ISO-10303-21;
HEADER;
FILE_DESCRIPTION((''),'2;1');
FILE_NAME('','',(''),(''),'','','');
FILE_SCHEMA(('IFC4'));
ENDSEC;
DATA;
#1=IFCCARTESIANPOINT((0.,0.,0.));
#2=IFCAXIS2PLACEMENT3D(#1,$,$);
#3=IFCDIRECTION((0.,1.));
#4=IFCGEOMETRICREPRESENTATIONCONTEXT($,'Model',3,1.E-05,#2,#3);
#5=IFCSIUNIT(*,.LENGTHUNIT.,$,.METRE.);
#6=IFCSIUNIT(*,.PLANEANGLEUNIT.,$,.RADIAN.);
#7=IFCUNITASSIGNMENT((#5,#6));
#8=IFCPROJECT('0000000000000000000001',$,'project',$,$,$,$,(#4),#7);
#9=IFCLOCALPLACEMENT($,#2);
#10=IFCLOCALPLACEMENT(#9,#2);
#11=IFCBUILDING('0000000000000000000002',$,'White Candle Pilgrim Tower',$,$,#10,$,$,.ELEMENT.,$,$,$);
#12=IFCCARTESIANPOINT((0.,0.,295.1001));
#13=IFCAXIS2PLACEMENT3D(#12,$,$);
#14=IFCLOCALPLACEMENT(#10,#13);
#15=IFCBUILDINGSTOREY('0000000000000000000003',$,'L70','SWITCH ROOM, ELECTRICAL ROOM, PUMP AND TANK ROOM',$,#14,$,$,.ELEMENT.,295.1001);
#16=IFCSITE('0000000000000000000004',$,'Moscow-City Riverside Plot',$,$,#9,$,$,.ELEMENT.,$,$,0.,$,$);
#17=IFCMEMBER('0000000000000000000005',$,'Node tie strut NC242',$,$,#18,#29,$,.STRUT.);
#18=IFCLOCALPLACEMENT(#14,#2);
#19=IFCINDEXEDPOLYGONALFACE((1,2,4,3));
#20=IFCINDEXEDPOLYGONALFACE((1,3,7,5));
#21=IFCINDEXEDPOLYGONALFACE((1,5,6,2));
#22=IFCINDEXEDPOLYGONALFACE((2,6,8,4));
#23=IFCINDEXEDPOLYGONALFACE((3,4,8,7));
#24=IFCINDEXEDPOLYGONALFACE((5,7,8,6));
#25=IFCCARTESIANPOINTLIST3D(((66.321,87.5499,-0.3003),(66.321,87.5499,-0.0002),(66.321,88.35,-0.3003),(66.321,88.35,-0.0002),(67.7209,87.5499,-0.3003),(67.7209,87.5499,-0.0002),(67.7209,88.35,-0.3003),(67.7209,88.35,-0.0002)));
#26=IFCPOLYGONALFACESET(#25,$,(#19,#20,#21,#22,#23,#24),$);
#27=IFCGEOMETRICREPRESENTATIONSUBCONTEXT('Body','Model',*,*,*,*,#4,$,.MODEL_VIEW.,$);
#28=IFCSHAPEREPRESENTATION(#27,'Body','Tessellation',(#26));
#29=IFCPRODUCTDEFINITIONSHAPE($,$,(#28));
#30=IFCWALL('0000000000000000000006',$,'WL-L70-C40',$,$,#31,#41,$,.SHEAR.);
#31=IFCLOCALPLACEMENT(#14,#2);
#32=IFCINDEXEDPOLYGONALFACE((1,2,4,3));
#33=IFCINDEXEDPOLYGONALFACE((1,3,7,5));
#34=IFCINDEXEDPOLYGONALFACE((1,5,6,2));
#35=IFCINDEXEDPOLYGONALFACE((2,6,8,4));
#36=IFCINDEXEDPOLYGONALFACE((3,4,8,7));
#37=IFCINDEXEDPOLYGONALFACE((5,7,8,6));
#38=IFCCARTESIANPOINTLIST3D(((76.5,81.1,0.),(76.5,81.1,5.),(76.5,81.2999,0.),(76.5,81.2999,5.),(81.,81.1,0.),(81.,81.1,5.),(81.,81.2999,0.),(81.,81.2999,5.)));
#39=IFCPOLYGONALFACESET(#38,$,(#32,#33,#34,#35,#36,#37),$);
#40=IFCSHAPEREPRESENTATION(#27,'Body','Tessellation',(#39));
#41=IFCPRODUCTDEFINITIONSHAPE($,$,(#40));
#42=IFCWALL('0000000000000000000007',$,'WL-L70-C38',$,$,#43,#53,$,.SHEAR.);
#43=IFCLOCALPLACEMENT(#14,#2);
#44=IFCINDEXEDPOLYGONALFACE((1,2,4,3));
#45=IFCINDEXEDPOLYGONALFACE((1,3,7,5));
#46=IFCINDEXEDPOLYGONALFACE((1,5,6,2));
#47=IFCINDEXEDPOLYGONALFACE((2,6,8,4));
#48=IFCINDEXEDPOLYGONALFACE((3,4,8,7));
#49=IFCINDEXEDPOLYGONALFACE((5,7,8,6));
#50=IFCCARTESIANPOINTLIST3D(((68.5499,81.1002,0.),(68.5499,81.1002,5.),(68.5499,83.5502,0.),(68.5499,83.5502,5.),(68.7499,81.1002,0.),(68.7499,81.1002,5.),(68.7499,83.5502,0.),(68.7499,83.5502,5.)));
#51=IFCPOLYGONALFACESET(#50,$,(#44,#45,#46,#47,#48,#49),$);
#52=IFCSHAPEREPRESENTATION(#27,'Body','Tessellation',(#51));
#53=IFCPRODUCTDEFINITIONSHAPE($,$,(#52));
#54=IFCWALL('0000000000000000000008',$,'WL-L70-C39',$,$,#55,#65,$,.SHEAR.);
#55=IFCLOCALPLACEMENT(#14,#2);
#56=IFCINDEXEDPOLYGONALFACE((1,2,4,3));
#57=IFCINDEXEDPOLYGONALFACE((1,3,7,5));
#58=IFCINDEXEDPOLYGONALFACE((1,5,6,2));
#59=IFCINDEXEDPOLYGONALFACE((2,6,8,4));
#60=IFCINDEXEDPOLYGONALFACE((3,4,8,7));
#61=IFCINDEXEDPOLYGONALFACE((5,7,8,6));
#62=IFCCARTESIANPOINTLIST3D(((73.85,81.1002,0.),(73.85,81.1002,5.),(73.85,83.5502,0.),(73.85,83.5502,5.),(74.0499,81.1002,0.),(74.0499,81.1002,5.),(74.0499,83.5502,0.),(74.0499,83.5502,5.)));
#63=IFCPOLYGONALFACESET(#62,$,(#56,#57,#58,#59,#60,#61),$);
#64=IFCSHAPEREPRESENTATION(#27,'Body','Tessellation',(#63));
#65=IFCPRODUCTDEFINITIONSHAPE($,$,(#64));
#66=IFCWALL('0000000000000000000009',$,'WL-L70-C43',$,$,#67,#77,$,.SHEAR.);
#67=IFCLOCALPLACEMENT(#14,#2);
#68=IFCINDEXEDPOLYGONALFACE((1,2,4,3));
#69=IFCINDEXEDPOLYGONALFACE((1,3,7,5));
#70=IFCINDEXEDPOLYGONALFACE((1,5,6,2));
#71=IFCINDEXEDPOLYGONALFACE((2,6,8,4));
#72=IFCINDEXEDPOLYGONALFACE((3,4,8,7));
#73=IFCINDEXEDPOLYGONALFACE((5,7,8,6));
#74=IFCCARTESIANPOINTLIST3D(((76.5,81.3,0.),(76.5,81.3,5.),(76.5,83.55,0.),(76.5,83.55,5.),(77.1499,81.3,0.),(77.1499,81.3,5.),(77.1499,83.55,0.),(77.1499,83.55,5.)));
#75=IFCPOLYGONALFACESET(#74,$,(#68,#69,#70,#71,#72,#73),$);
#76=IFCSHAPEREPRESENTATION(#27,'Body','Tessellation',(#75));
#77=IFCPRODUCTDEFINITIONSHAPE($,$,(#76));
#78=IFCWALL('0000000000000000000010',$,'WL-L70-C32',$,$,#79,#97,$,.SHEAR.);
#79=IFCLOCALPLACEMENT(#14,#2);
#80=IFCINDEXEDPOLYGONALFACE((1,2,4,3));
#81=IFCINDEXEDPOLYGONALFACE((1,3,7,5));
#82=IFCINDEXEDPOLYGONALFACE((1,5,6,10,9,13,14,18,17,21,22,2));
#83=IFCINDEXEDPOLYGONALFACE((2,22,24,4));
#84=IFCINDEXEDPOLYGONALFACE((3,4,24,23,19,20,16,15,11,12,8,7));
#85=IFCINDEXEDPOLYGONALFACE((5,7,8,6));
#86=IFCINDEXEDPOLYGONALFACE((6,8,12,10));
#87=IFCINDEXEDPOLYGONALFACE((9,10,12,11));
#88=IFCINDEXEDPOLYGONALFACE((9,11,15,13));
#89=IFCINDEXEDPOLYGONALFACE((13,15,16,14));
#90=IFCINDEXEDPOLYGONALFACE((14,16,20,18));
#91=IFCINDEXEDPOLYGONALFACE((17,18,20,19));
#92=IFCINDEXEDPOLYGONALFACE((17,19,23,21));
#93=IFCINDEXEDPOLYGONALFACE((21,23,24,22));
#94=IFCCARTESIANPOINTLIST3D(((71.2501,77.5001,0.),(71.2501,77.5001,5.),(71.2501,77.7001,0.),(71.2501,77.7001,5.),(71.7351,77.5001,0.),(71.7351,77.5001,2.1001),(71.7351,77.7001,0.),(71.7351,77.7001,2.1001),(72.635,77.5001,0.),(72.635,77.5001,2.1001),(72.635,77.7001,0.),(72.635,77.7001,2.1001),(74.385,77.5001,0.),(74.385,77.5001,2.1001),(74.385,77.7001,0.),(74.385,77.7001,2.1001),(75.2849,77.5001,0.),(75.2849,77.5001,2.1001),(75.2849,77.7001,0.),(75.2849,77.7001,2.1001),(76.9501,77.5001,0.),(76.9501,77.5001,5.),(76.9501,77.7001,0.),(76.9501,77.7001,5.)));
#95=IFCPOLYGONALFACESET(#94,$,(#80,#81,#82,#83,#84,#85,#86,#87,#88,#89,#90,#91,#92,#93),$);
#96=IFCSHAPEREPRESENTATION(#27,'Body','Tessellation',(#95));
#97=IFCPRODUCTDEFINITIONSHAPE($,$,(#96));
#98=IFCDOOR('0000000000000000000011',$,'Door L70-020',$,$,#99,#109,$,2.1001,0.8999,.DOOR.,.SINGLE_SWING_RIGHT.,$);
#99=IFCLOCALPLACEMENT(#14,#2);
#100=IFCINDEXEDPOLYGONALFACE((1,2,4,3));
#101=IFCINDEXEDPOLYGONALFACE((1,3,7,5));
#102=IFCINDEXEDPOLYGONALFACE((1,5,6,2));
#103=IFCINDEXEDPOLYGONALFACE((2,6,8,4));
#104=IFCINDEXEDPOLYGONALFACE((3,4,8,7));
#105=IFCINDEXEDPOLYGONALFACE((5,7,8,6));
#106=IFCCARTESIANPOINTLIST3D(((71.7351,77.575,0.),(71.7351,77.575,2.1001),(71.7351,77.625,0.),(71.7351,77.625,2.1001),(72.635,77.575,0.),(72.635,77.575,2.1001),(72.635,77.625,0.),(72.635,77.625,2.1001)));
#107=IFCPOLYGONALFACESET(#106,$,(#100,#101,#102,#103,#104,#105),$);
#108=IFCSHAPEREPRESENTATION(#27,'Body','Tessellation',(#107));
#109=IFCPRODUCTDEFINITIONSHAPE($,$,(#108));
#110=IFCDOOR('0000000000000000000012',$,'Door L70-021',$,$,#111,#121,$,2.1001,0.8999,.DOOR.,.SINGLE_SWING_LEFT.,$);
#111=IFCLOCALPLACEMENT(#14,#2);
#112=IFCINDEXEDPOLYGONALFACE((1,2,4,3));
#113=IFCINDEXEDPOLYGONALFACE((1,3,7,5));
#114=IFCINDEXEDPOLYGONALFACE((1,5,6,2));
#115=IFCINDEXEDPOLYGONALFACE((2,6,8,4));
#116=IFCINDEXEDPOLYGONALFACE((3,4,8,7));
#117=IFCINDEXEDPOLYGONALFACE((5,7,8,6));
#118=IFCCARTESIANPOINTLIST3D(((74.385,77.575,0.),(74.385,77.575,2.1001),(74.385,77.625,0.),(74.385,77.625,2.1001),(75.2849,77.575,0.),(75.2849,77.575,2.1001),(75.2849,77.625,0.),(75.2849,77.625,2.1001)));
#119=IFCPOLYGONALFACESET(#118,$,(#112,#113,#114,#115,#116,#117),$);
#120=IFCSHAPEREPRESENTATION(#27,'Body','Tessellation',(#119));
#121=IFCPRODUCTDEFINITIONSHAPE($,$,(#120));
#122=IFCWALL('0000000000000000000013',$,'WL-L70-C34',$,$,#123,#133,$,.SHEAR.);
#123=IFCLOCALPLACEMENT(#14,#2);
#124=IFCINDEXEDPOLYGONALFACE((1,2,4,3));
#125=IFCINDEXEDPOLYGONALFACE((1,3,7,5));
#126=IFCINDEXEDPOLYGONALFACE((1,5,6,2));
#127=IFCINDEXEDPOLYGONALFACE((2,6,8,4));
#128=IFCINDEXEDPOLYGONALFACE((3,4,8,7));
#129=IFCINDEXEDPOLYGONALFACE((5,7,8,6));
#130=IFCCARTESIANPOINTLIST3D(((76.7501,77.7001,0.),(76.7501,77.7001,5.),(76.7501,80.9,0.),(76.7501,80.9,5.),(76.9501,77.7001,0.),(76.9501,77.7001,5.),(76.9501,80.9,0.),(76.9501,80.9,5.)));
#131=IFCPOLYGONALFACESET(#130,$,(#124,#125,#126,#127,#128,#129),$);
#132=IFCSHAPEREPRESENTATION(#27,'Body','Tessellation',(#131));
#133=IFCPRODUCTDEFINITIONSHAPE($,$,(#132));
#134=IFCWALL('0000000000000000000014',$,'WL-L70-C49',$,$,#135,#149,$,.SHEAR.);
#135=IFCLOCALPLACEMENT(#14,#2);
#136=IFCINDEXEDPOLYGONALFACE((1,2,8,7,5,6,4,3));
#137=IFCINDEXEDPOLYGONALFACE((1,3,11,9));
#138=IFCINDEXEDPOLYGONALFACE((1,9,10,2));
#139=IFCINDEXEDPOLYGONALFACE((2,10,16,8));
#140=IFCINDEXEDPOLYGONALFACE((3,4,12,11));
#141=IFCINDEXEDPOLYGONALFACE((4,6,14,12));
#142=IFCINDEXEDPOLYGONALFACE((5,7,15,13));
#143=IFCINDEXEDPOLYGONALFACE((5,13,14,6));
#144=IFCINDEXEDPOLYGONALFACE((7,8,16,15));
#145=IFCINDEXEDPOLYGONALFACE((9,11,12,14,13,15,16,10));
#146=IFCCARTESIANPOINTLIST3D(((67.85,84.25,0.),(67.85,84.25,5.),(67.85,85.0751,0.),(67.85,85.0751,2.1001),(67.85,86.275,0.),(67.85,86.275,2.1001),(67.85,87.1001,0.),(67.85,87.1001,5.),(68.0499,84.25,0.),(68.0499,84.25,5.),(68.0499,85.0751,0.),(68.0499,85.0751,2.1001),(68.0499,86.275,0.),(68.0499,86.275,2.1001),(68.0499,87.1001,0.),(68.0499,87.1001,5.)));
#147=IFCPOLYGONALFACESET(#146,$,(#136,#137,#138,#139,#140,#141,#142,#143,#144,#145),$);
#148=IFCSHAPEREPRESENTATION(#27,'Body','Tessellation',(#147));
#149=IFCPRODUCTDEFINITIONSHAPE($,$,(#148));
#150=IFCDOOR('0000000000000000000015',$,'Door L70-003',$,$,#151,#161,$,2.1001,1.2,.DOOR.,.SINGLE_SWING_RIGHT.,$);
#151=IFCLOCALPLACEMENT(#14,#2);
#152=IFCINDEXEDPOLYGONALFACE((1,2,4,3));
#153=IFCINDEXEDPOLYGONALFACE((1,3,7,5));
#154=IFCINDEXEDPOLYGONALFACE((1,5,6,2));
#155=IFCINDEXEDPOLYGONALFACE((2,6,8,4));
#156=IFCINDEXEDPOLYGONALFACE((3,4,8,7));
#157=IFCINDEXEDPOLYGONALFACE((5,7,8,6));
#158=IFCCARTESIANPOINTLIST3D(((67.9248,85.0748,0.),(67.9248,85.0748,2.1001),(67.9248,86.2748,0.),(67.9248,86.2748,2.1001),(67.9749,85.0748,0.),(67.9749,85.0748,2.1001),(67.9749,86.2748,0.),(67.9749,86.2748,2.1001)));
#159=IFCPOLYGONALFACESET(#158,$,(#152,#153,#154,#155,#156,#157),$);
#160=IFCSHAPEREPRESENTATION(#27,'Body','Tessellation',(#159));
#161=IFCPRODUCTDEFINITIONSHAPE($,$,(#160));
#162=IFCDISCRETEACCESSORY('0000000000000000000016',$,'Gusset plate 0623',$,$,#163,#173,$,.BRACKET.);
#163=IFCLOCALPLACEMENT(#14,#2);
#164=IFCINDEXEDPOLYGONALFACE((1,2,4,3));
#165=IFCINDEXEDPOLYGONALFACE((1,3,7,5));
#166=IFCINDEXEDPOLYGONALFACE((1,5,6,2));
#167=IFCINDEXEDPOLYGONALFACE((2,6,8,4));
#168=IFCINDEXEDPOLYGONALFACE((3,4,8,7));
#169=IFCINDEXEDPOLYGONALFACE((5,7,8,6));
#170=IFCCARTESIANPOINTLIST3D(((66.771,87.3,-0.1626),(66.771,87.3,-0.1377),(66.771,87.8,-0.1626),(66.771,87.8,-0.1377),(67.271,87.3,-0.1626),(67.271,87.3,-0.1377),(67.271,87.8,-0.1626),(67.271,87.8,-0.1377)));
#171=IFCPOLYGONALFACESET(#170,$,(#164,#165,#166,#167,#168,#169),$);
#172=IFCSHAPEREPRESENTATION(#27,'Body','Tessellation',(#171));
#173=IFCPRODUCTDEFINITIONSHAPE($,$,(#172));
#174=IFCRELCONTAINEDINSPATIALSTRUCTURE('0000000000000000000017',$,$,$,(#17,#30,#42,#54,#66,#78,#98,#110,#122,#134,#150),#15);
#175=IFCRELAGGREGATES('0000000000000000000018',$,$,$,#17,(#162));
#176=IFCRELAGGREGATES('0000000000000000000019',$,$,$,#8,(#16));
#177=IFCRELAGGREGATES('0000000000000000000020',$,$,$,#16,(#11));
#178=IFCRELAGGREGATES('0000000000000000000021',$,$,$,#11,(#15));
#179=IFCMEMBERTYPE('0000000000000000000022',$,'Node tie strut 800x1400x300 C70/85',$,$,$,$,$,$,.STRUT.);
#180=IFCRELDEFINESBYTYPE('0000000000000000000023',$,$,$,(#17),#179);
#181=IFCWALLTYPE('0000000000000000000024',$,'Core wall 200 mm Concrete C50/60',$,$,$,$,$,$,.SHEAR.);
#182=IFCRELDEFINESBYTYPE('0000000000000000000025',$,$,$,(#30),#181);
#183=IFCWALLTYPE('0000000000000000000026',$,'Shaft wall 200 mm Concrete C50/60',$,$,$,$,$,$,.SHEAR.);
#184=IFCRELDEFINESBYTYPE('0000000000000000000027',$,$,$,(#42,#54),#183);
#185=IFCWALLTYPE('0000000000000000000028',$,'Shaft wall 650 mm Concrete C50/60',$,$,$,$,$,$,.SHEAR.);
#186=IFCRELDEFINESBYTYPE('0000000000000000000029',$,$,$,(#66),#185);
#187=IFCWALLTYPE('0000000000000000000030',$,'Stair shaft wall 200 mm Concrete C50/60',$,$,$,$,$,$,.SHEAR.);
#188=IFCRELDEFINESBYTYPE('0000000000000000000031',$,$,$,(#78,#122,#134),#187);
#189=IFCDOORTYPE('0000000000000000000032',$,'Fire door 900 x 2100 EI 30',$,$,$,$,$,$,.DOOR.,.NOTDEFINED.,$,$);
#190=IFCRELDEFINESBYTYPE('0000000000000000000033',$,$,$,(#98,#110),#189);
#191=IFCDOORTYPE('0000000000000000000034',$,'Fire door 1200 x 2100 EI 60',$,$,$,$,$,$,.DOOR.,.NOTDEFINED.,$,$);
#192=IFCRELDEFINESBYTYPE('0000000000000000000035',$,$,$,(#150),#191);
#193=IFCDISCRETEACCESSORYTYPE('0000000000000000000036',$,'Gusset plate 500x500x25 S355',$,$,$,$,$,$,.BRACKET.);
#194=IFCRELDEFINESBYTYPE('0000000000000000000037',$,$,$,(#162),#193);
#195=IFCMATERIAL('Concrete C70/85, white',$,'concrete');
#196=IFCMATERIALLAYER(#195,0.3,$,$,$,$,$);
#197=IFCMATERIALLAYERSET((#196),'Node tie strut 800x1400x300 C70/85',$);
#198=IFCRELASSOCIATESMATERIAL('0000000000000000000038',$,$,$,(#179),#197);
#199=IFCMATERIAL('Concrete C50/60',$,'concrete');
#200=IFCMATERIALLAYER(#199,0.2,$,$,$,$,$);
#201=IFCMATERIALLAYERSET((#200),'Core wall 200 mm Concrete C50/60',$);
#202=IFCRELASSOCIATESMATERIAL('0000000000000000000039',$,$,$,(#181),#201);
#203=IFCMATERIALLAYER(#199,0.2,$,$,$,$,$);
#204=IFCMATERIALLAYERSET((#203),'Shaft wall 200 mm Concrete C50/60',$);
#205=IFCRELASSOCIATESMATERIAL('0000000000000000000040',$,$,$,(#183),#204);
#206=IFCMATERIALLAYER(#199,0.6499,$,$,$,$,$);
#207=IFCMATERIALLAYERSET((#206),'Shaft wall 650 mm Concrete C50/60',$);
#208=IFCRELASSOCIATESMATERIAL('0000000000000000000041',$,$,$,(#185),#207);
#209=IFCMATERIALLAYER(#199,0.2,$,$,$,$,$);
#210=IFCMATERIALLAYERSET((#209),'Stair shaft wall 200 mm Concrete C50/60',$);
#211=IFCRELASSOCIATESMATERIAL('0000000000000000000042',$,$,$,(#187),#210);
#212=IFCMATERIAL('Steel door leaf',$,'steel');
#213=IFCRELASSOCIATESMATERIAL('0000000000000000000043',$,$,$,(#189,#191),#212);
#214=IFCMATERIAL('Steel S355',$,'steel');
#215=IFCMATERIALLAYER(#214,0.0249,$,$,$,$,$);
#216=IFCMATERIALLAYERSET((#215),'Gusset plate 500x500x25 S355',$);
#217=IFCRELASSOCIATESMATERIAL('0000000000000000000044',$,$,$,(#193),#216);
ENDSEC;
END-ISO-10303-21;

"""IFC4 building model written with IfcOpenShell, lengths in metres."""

from ifc_helpers import new_model, si_unit, direction, frame, frame_2d, origin, origin_2d, place, context, subcontext, project, spatial, rectangle, extrude, material, layer, layer_set, type_object, element, fill, aggregate, save


model = new_model("IFC4")

# Units and contexts
model_context = context("Model", 3, precision=1e-05, world=origin(), true_north=direction((0.0, 1.0)))
body_context = subcontext(model_context, "Body", "Model", "MODEL_VIEW")
ifc_project = project(units=[si_unit("LENGTHUNIT", "METRE"), si_unit("PLANEANGLEUNIT", "RADIAN")], contexts=[model_context])

# Site, building, storey
site_placement = place(None, origin())
site = spatial("IfcSite", under=ifc_project, at=site_placement, Name="Moscow-City Riverside Plot", CompositionType="ELEMENT", RefElevation=0.0)
building_placement = place(site_placement, origin())
building = spatial("IfcBuilding", under=site, at=building_placement, Name="White Candle Pilgrim Tower", CompositionType="ELEMENT")
storey_placement = place(building_placement, frame((0.0, 0.0, 295.1001)))
storey = spatial("IfcBuildingStorey", under=building, at=storey_placement, Name="L70", Description="SWITCH ROOM, ELECTRICAL ROOM, PUMP AND TANK ROOM", CompositionType="ELEMENT", Elevation=295.1001)

# Member
ifc_material_1 = material(Name="Concrete C70/85, white", Category="concrete")
ifc_layer_1 = layer(ifc_material_1, 0.3)
ifc_layer_set_1 = layer_set([ifc_layer_1], Name="Node tie strut 800x1400x300 C70/85")
member_type = type_object("IfcMemberType", Name="Node tie strut 800x1400x300 C70/85", PredefinedType="STRUT", material=ifc_layer_set_1)
member_placement = place(storey_placement, frame((67.021, 87.95, -0.3003), z_axis=(0.0, 0.0, 1.0), x_axis=(-1.0, 0.0, 0.0)))
member = element("IfcMember", 1, at=member_placement, inside=storey, type_object=member_type, Name="Node tie strut NC242", PredefinedType="STRUT", context=body_context, shape_type="SweptSolid", body=[
    extrude(rectangle(XDim=1.3999, YDim=0.8, at=origin_2d()), origin(), (0.0, 0.0, 1.0), 0.3),
])

# Walls
ifc_material_2 = material(Name="Concrete C50/60", Category="concrete")
ifc_layer_2 = layer(ifc_material_2, 0.2)
ifc_layer_set_2 = layer_set([ifc_layer_2], Name="Core wall 200 mm Concrete C50/60")
wall_type_1 = type_object("IfcWallType", Name="Core wall 200 mm Concrete C50/60", PredefinedType="SHEAR", material=ifc_layer_set_2)
wall_1_placement = place(storey_placement, frame((76.5, 81.2, 0.0), z_axis=(0.0, 0.0, 1.0), x_axis=(1.0, 0.0, 0.0)))
element("IfcWall", 2, at=wall_1_placement, inside=storey, type_object=wall_type_1, Name="WL-L70-C40", PredefinedType="SHEAR", context=body_context, shape_type="SweptSolid", body=[
    extrude(rectangle(XDim=4.5, YDim=0.2, at=frame_2d((2.25, 0.0))), origin(), (0.0, 0.0, 1.0), 5.0),
])
ifc_layer_3 = layer(ifc_material_2, 0.2)
ifc_layer_set_3 = layer_set([ifc_layer_3], Name="Shaft wall 200 mm Concrete C50/60")
wall_type_2 = type_object("IfcWallType", Name="Shaft wall 200 mm Concrete C50/60", PredefinedType="SHEAR", material=ifc_layer_set_3)
for number, where, z_axis, x_axis, name in (
    (3, (68.6499, 81.1001, 0.0), (0.0, 0.0, 1.0), (0.0, 1.0, 0.0), "WL-L70-C38"),
    (4, (73.95, 81.1001, 0.0), (0.0, 0.0, 1.0), (0.0, 1.0, 0.0), "WL-L70-C39"),
):
    element("IfcWall", number, at=place(storey_placement, frame(where, z_axis=z_axis, x_axis=x_axis)), inside=storey, type_object=wall_type_2, Name=name, PredefinedType="SHEAR", context=body_context, shape_type="SweptSolid", body=[
        extrude(rectangle(XDim=2.45, YDim=0.2, at=frame_2d((1.2251, 0.0))), origin(), (0.0, 0.0, 1.0), 5.0),
    ])
ifc_layer_4 = layer(ifc_material_2, 0.6499)
ifc_layer_set_4 = layer_set([ifc_layer_4], Name="Shaft wall 650 mm Concrete C50/60")
wall_type_3 = type_object("IfcWallType", Name="Shaft wall 650 mm Concrete C50/60", PredefinedType="SHEAR", material=ifc_layer_set_4)
wall_2_placement = place(storey_placement, frame((76.825, 81.3, 0.0), z_axis=(0.0, 0.0, 1.0), x_axis=(0.0, 1.0, 0.0)))
element("IfcWall", 5, at=wall_2_placement, inside=storey, type_object=wall_type_3, Name="WL-L70-C43", PredefinedType="SHEAR", context=body_context, shape_type="SweptSolid", body=[
    extrude(rectangle(XDim=2.25, YDim=0.6499, at=frame_2d((1.125, 0.0))), origin(), (0.0, 0.0, 1.0), 5.0),
])

# Wall, openings, doors
ifc_layer_5 = layer(ifc_material_2, 0.2)
ifc_layer_set_5 = layer_set([ifc_layer_5], Name="Stair shaft wall 200 mm Concrete C50/60")
wall_type_4 = type_object("IfcWallType", Name="Stair shaft wall 200 mm Concrete C50/60", PredefinedType="SHEAR", material=ifc_layer_set_5)
wall_3_placement = place(storey_placement, frame((71.25, 77.6001, 0.0), z_axis=(0.0, 0.0, 1.0), x_axis=(1.0, 0.0, 0.0)))
wall_3 = element("IfcWall", 6, at=wall_3_placement, inside=storey, type_object=wall_type_4, Name="WL-L70-C32", PredefinedType="SHEAR", context=body_context, shape_type="SweptSolid", body=[
    extrude(rectangle(XDim=5.7, YDim=0.2, at=frame_2d((2.8501, 0.0))), origin(), (0.0, 0.0, 1.0), 5.0),
])
opening_1_placement = place(wall_3_placement, frame((0.4851, 0.0, 0.0)))
opening_1 = element("IfcOpeningElement", 7, at=opening_1_placement, cuts=wall_3, PredefinedType="OPENING", context=body_context, shape_type="SweptSolid", body=[
    extrude(rectangle(XDim=0.8999, YDim=2.1001, at=frame_2d((0.45, 1.05))), frame((0.0, 0.1099, 0.0), z_axis=(0.0, -1.0, 0.0), x_axis=(1.0, 0.0, 0.0)), (0.0, 0.0, 1.0), 0.22),
])
opening_2_placement = place(wall_3_placement, frame((3.135, 0.0, 0.0)))
opening_2 = element("IfcOpeningElement", 8, at=opening_2_placement, cuts=wall_3, PredefinedType="OPENING", context=body_context, shape_type="SweptSolid", body=[
    extrude(rectangle(XDim=0.8999, YDim=2.1001, at=frame_2d((0.45, 1.05))), frame((0.0, 0.1099, 0.0), z_axis=(0.0, -1.0, 0.0), x_axis=(1.0, 0.0, 0.0)), (0.0, 0.0, 1.0), 0.22),
])
ifc_material_3 = material(Name="Steel door leaf", Category="steel")
door_type_1 = type_object("IfcDoorType", Name="Fire door 900 x 2100 EI 30", OperationType="NOTDEFINED", PredefinedType="DOOR", material=ifc_material_3)
door_1_placement = place(opening_1_placement, origin())
door_1 = element("IfcDoor", 9, at=door_1_placement, inside=storey, type_object=door_type_1, Name="Door L70-020", OperationType="SINGLE_SWING_RIGHT", OverallHeight=2.1001, OverallWidth=0.8999, PredefinedType="DOOR", context=body_context, shape_type="SweptSolid", body=[
    extrude(rectangle(XDim=0.8999, YDim=2.1001, at=frame_2d((0.45, 1.05))), frame((0.0, 0.0249, 0.0), z_axis=(0.0, -1.0, 0.0), x_axis=(1.0, 0.0, 0.0)), (0.0, 0.0, 1.0), 0.05),
])
fill(opening_1, door_1)
door_2_placement = place(opening_2_placement, origin())
door_2 = element("IfcDoor", 10, at=door_2_placement, inside=storey, type_object=door_type_1, Name="Door L70-021", OperationType="SINGLE_SWING_LEFT", OverallHeight=2.1001, OverallWidth=0.8999, PredefinedType="DOOR", context=body_context, shape_type="SweptSolid", body=[
    extrude(rectangle(XDim=0.8999, YDim=2.1001, at=frame_2d((0.45, 1.05))), frame((0.0, 0.0249, 0.0), z_axis=(0.0, -1.0, 0.0), x_axis=(1.0, 0.0, 0.0)), (0.0, 0.0, 1.0), 0.05),
])
fill(opening_2, door_2)

# Wall
wall_4_placement = place(storey_placement, frame((76.8501, 77.7, 0.0), z_axis=(0.0, 0.0, 1.0), x_axis=(0.0, 1.0, 0.0)))
element("IfcWall", 11, at=wall_4_placement, inside=storey, type_object=wall_type_4, Name="WL-L70-C34", PredefinedType="SHEAR", context=body_context, shape_type="SweptSolid", body=[
    extrude(rectangle(XDim=3.2, YDim=0.2, at=frame_2d((1.6001, 0.0))), origin(), (0.0, 0.0, 1.0), 5.0),
])

# Wall, opening, door
wall_5_placement = place(storey_placement, frame((67.95, 84.25, 0.0), z_axis=(0.0, 0.0, 1.0), x_axis=(0.0, 1.0, 0.0)))
wall_5 = element("IfcWall", 12, at=wall_5_placement, inside=storey, type_object=wall_type_4, Name="WL-L70-C49", PredefinedType="SHEAR", context=body_context, shape_type="SweptSolid", body=[
    extrude(rectangle(XDim=2.8501, YDim=0.2, at=frame_2d((1.425, 0.0))), origin(), (0.0, 0.0, 1.0), 5.0),
])
opening_3_placement = place(wall_5_placement, frame((0.825, 0.0, 0.0)))
opening_3 = element("IfcOpeningElement", 13, at=opening_3_placement, cuts=wall_5, PredefinedType="OPENING", context=body_context, shape_type="SweptSolid", body=[
    extrude(rectangle(XDim=1.2, YDim=2.1001, at=frame_2d((0.6001, 1.05))), frame((0.0, 0.1099, 0.0), z_axis=(0.0, -1.0, 0.0), x_axis=(1.0, 0.0, 0.0)), (0.0, 0.0, 1.0), 0.22),
])
door_type_2 = type_object("IfcDoorType", Name="Fire door 1200 x 2100 EI 60", OperationType="NOTDEFINED", PredefinedType="DOOR", material=ifc_material_3)
door_3_placement = place(opening_3_placement, frame((1.2, 0.0, 0.0), z_axis=(0.0, 0.0, 1.0), x_axis=(-1.0, 0.0, 0.0)))
door_3 = element("IfcDoor", 14, at=door_3_placement, inside=storey, type_object=door_type_2, Name="Door L70-003", OperationType="SINGLE_SWING_RIGHT", OverallHeight=2.1001, OverallWidth=1.2, PredefinedType="DOOR", context=body_context, shape_type="SweptSolid", body=[
    extrude(rectangle(XDim=1.2, YDim=2.1001, at=frame_2d((0.6001, 1.05))), frame((0.0, 0.0249, 0.0), z_axis=(0.0, -1.0, 0.0), x_axis=(1.0, 0.0, 0.0)), (0.0, 0.0, 1.0), 0.05),
])
fill(opening_3, door_3)

# Discrete accessory
ifc_material_4 = material(Name="Steel S355", Category="steel")
ifc_layer_6 = layer(ifc_material_4, 0.0249)
ifc_layer_set_6 = layer_set([ifc_layer_6], Name="Gusset plate 500x500x25 S355")
discrete_accessory_type = type_object("IfcDiscreteAccessoryType", Name="Gusset plate 500x500x25 S355", PredefinedType="BRACKET", material=ifc_layer_set_6)
discrete_accessory_placement = place(storey_placement, frame((67.021, 87.55, -0.1626), z_axis=(0.0, 0.0, 1.0), x_axis=(1.0, 0.0, 0.0)))
discrete_accessory = element("IfcDiscreteAccessory", 15, at=discrete_accessory_placement, type_object=discrete_accessory_type, Name="Gusset plate 0623", PredefinedType="BRACKET", context=body_context, shape_type="SweptSolid", body=[
    extrude(rectangle(XDim=0.5, YDim=0.5, at=origin_2d()), origin(), (0.0, 0.0, 1.0), 0.0249),
])
aggregate(member, [discrete_accessory])

save(model, "model.ifc")
